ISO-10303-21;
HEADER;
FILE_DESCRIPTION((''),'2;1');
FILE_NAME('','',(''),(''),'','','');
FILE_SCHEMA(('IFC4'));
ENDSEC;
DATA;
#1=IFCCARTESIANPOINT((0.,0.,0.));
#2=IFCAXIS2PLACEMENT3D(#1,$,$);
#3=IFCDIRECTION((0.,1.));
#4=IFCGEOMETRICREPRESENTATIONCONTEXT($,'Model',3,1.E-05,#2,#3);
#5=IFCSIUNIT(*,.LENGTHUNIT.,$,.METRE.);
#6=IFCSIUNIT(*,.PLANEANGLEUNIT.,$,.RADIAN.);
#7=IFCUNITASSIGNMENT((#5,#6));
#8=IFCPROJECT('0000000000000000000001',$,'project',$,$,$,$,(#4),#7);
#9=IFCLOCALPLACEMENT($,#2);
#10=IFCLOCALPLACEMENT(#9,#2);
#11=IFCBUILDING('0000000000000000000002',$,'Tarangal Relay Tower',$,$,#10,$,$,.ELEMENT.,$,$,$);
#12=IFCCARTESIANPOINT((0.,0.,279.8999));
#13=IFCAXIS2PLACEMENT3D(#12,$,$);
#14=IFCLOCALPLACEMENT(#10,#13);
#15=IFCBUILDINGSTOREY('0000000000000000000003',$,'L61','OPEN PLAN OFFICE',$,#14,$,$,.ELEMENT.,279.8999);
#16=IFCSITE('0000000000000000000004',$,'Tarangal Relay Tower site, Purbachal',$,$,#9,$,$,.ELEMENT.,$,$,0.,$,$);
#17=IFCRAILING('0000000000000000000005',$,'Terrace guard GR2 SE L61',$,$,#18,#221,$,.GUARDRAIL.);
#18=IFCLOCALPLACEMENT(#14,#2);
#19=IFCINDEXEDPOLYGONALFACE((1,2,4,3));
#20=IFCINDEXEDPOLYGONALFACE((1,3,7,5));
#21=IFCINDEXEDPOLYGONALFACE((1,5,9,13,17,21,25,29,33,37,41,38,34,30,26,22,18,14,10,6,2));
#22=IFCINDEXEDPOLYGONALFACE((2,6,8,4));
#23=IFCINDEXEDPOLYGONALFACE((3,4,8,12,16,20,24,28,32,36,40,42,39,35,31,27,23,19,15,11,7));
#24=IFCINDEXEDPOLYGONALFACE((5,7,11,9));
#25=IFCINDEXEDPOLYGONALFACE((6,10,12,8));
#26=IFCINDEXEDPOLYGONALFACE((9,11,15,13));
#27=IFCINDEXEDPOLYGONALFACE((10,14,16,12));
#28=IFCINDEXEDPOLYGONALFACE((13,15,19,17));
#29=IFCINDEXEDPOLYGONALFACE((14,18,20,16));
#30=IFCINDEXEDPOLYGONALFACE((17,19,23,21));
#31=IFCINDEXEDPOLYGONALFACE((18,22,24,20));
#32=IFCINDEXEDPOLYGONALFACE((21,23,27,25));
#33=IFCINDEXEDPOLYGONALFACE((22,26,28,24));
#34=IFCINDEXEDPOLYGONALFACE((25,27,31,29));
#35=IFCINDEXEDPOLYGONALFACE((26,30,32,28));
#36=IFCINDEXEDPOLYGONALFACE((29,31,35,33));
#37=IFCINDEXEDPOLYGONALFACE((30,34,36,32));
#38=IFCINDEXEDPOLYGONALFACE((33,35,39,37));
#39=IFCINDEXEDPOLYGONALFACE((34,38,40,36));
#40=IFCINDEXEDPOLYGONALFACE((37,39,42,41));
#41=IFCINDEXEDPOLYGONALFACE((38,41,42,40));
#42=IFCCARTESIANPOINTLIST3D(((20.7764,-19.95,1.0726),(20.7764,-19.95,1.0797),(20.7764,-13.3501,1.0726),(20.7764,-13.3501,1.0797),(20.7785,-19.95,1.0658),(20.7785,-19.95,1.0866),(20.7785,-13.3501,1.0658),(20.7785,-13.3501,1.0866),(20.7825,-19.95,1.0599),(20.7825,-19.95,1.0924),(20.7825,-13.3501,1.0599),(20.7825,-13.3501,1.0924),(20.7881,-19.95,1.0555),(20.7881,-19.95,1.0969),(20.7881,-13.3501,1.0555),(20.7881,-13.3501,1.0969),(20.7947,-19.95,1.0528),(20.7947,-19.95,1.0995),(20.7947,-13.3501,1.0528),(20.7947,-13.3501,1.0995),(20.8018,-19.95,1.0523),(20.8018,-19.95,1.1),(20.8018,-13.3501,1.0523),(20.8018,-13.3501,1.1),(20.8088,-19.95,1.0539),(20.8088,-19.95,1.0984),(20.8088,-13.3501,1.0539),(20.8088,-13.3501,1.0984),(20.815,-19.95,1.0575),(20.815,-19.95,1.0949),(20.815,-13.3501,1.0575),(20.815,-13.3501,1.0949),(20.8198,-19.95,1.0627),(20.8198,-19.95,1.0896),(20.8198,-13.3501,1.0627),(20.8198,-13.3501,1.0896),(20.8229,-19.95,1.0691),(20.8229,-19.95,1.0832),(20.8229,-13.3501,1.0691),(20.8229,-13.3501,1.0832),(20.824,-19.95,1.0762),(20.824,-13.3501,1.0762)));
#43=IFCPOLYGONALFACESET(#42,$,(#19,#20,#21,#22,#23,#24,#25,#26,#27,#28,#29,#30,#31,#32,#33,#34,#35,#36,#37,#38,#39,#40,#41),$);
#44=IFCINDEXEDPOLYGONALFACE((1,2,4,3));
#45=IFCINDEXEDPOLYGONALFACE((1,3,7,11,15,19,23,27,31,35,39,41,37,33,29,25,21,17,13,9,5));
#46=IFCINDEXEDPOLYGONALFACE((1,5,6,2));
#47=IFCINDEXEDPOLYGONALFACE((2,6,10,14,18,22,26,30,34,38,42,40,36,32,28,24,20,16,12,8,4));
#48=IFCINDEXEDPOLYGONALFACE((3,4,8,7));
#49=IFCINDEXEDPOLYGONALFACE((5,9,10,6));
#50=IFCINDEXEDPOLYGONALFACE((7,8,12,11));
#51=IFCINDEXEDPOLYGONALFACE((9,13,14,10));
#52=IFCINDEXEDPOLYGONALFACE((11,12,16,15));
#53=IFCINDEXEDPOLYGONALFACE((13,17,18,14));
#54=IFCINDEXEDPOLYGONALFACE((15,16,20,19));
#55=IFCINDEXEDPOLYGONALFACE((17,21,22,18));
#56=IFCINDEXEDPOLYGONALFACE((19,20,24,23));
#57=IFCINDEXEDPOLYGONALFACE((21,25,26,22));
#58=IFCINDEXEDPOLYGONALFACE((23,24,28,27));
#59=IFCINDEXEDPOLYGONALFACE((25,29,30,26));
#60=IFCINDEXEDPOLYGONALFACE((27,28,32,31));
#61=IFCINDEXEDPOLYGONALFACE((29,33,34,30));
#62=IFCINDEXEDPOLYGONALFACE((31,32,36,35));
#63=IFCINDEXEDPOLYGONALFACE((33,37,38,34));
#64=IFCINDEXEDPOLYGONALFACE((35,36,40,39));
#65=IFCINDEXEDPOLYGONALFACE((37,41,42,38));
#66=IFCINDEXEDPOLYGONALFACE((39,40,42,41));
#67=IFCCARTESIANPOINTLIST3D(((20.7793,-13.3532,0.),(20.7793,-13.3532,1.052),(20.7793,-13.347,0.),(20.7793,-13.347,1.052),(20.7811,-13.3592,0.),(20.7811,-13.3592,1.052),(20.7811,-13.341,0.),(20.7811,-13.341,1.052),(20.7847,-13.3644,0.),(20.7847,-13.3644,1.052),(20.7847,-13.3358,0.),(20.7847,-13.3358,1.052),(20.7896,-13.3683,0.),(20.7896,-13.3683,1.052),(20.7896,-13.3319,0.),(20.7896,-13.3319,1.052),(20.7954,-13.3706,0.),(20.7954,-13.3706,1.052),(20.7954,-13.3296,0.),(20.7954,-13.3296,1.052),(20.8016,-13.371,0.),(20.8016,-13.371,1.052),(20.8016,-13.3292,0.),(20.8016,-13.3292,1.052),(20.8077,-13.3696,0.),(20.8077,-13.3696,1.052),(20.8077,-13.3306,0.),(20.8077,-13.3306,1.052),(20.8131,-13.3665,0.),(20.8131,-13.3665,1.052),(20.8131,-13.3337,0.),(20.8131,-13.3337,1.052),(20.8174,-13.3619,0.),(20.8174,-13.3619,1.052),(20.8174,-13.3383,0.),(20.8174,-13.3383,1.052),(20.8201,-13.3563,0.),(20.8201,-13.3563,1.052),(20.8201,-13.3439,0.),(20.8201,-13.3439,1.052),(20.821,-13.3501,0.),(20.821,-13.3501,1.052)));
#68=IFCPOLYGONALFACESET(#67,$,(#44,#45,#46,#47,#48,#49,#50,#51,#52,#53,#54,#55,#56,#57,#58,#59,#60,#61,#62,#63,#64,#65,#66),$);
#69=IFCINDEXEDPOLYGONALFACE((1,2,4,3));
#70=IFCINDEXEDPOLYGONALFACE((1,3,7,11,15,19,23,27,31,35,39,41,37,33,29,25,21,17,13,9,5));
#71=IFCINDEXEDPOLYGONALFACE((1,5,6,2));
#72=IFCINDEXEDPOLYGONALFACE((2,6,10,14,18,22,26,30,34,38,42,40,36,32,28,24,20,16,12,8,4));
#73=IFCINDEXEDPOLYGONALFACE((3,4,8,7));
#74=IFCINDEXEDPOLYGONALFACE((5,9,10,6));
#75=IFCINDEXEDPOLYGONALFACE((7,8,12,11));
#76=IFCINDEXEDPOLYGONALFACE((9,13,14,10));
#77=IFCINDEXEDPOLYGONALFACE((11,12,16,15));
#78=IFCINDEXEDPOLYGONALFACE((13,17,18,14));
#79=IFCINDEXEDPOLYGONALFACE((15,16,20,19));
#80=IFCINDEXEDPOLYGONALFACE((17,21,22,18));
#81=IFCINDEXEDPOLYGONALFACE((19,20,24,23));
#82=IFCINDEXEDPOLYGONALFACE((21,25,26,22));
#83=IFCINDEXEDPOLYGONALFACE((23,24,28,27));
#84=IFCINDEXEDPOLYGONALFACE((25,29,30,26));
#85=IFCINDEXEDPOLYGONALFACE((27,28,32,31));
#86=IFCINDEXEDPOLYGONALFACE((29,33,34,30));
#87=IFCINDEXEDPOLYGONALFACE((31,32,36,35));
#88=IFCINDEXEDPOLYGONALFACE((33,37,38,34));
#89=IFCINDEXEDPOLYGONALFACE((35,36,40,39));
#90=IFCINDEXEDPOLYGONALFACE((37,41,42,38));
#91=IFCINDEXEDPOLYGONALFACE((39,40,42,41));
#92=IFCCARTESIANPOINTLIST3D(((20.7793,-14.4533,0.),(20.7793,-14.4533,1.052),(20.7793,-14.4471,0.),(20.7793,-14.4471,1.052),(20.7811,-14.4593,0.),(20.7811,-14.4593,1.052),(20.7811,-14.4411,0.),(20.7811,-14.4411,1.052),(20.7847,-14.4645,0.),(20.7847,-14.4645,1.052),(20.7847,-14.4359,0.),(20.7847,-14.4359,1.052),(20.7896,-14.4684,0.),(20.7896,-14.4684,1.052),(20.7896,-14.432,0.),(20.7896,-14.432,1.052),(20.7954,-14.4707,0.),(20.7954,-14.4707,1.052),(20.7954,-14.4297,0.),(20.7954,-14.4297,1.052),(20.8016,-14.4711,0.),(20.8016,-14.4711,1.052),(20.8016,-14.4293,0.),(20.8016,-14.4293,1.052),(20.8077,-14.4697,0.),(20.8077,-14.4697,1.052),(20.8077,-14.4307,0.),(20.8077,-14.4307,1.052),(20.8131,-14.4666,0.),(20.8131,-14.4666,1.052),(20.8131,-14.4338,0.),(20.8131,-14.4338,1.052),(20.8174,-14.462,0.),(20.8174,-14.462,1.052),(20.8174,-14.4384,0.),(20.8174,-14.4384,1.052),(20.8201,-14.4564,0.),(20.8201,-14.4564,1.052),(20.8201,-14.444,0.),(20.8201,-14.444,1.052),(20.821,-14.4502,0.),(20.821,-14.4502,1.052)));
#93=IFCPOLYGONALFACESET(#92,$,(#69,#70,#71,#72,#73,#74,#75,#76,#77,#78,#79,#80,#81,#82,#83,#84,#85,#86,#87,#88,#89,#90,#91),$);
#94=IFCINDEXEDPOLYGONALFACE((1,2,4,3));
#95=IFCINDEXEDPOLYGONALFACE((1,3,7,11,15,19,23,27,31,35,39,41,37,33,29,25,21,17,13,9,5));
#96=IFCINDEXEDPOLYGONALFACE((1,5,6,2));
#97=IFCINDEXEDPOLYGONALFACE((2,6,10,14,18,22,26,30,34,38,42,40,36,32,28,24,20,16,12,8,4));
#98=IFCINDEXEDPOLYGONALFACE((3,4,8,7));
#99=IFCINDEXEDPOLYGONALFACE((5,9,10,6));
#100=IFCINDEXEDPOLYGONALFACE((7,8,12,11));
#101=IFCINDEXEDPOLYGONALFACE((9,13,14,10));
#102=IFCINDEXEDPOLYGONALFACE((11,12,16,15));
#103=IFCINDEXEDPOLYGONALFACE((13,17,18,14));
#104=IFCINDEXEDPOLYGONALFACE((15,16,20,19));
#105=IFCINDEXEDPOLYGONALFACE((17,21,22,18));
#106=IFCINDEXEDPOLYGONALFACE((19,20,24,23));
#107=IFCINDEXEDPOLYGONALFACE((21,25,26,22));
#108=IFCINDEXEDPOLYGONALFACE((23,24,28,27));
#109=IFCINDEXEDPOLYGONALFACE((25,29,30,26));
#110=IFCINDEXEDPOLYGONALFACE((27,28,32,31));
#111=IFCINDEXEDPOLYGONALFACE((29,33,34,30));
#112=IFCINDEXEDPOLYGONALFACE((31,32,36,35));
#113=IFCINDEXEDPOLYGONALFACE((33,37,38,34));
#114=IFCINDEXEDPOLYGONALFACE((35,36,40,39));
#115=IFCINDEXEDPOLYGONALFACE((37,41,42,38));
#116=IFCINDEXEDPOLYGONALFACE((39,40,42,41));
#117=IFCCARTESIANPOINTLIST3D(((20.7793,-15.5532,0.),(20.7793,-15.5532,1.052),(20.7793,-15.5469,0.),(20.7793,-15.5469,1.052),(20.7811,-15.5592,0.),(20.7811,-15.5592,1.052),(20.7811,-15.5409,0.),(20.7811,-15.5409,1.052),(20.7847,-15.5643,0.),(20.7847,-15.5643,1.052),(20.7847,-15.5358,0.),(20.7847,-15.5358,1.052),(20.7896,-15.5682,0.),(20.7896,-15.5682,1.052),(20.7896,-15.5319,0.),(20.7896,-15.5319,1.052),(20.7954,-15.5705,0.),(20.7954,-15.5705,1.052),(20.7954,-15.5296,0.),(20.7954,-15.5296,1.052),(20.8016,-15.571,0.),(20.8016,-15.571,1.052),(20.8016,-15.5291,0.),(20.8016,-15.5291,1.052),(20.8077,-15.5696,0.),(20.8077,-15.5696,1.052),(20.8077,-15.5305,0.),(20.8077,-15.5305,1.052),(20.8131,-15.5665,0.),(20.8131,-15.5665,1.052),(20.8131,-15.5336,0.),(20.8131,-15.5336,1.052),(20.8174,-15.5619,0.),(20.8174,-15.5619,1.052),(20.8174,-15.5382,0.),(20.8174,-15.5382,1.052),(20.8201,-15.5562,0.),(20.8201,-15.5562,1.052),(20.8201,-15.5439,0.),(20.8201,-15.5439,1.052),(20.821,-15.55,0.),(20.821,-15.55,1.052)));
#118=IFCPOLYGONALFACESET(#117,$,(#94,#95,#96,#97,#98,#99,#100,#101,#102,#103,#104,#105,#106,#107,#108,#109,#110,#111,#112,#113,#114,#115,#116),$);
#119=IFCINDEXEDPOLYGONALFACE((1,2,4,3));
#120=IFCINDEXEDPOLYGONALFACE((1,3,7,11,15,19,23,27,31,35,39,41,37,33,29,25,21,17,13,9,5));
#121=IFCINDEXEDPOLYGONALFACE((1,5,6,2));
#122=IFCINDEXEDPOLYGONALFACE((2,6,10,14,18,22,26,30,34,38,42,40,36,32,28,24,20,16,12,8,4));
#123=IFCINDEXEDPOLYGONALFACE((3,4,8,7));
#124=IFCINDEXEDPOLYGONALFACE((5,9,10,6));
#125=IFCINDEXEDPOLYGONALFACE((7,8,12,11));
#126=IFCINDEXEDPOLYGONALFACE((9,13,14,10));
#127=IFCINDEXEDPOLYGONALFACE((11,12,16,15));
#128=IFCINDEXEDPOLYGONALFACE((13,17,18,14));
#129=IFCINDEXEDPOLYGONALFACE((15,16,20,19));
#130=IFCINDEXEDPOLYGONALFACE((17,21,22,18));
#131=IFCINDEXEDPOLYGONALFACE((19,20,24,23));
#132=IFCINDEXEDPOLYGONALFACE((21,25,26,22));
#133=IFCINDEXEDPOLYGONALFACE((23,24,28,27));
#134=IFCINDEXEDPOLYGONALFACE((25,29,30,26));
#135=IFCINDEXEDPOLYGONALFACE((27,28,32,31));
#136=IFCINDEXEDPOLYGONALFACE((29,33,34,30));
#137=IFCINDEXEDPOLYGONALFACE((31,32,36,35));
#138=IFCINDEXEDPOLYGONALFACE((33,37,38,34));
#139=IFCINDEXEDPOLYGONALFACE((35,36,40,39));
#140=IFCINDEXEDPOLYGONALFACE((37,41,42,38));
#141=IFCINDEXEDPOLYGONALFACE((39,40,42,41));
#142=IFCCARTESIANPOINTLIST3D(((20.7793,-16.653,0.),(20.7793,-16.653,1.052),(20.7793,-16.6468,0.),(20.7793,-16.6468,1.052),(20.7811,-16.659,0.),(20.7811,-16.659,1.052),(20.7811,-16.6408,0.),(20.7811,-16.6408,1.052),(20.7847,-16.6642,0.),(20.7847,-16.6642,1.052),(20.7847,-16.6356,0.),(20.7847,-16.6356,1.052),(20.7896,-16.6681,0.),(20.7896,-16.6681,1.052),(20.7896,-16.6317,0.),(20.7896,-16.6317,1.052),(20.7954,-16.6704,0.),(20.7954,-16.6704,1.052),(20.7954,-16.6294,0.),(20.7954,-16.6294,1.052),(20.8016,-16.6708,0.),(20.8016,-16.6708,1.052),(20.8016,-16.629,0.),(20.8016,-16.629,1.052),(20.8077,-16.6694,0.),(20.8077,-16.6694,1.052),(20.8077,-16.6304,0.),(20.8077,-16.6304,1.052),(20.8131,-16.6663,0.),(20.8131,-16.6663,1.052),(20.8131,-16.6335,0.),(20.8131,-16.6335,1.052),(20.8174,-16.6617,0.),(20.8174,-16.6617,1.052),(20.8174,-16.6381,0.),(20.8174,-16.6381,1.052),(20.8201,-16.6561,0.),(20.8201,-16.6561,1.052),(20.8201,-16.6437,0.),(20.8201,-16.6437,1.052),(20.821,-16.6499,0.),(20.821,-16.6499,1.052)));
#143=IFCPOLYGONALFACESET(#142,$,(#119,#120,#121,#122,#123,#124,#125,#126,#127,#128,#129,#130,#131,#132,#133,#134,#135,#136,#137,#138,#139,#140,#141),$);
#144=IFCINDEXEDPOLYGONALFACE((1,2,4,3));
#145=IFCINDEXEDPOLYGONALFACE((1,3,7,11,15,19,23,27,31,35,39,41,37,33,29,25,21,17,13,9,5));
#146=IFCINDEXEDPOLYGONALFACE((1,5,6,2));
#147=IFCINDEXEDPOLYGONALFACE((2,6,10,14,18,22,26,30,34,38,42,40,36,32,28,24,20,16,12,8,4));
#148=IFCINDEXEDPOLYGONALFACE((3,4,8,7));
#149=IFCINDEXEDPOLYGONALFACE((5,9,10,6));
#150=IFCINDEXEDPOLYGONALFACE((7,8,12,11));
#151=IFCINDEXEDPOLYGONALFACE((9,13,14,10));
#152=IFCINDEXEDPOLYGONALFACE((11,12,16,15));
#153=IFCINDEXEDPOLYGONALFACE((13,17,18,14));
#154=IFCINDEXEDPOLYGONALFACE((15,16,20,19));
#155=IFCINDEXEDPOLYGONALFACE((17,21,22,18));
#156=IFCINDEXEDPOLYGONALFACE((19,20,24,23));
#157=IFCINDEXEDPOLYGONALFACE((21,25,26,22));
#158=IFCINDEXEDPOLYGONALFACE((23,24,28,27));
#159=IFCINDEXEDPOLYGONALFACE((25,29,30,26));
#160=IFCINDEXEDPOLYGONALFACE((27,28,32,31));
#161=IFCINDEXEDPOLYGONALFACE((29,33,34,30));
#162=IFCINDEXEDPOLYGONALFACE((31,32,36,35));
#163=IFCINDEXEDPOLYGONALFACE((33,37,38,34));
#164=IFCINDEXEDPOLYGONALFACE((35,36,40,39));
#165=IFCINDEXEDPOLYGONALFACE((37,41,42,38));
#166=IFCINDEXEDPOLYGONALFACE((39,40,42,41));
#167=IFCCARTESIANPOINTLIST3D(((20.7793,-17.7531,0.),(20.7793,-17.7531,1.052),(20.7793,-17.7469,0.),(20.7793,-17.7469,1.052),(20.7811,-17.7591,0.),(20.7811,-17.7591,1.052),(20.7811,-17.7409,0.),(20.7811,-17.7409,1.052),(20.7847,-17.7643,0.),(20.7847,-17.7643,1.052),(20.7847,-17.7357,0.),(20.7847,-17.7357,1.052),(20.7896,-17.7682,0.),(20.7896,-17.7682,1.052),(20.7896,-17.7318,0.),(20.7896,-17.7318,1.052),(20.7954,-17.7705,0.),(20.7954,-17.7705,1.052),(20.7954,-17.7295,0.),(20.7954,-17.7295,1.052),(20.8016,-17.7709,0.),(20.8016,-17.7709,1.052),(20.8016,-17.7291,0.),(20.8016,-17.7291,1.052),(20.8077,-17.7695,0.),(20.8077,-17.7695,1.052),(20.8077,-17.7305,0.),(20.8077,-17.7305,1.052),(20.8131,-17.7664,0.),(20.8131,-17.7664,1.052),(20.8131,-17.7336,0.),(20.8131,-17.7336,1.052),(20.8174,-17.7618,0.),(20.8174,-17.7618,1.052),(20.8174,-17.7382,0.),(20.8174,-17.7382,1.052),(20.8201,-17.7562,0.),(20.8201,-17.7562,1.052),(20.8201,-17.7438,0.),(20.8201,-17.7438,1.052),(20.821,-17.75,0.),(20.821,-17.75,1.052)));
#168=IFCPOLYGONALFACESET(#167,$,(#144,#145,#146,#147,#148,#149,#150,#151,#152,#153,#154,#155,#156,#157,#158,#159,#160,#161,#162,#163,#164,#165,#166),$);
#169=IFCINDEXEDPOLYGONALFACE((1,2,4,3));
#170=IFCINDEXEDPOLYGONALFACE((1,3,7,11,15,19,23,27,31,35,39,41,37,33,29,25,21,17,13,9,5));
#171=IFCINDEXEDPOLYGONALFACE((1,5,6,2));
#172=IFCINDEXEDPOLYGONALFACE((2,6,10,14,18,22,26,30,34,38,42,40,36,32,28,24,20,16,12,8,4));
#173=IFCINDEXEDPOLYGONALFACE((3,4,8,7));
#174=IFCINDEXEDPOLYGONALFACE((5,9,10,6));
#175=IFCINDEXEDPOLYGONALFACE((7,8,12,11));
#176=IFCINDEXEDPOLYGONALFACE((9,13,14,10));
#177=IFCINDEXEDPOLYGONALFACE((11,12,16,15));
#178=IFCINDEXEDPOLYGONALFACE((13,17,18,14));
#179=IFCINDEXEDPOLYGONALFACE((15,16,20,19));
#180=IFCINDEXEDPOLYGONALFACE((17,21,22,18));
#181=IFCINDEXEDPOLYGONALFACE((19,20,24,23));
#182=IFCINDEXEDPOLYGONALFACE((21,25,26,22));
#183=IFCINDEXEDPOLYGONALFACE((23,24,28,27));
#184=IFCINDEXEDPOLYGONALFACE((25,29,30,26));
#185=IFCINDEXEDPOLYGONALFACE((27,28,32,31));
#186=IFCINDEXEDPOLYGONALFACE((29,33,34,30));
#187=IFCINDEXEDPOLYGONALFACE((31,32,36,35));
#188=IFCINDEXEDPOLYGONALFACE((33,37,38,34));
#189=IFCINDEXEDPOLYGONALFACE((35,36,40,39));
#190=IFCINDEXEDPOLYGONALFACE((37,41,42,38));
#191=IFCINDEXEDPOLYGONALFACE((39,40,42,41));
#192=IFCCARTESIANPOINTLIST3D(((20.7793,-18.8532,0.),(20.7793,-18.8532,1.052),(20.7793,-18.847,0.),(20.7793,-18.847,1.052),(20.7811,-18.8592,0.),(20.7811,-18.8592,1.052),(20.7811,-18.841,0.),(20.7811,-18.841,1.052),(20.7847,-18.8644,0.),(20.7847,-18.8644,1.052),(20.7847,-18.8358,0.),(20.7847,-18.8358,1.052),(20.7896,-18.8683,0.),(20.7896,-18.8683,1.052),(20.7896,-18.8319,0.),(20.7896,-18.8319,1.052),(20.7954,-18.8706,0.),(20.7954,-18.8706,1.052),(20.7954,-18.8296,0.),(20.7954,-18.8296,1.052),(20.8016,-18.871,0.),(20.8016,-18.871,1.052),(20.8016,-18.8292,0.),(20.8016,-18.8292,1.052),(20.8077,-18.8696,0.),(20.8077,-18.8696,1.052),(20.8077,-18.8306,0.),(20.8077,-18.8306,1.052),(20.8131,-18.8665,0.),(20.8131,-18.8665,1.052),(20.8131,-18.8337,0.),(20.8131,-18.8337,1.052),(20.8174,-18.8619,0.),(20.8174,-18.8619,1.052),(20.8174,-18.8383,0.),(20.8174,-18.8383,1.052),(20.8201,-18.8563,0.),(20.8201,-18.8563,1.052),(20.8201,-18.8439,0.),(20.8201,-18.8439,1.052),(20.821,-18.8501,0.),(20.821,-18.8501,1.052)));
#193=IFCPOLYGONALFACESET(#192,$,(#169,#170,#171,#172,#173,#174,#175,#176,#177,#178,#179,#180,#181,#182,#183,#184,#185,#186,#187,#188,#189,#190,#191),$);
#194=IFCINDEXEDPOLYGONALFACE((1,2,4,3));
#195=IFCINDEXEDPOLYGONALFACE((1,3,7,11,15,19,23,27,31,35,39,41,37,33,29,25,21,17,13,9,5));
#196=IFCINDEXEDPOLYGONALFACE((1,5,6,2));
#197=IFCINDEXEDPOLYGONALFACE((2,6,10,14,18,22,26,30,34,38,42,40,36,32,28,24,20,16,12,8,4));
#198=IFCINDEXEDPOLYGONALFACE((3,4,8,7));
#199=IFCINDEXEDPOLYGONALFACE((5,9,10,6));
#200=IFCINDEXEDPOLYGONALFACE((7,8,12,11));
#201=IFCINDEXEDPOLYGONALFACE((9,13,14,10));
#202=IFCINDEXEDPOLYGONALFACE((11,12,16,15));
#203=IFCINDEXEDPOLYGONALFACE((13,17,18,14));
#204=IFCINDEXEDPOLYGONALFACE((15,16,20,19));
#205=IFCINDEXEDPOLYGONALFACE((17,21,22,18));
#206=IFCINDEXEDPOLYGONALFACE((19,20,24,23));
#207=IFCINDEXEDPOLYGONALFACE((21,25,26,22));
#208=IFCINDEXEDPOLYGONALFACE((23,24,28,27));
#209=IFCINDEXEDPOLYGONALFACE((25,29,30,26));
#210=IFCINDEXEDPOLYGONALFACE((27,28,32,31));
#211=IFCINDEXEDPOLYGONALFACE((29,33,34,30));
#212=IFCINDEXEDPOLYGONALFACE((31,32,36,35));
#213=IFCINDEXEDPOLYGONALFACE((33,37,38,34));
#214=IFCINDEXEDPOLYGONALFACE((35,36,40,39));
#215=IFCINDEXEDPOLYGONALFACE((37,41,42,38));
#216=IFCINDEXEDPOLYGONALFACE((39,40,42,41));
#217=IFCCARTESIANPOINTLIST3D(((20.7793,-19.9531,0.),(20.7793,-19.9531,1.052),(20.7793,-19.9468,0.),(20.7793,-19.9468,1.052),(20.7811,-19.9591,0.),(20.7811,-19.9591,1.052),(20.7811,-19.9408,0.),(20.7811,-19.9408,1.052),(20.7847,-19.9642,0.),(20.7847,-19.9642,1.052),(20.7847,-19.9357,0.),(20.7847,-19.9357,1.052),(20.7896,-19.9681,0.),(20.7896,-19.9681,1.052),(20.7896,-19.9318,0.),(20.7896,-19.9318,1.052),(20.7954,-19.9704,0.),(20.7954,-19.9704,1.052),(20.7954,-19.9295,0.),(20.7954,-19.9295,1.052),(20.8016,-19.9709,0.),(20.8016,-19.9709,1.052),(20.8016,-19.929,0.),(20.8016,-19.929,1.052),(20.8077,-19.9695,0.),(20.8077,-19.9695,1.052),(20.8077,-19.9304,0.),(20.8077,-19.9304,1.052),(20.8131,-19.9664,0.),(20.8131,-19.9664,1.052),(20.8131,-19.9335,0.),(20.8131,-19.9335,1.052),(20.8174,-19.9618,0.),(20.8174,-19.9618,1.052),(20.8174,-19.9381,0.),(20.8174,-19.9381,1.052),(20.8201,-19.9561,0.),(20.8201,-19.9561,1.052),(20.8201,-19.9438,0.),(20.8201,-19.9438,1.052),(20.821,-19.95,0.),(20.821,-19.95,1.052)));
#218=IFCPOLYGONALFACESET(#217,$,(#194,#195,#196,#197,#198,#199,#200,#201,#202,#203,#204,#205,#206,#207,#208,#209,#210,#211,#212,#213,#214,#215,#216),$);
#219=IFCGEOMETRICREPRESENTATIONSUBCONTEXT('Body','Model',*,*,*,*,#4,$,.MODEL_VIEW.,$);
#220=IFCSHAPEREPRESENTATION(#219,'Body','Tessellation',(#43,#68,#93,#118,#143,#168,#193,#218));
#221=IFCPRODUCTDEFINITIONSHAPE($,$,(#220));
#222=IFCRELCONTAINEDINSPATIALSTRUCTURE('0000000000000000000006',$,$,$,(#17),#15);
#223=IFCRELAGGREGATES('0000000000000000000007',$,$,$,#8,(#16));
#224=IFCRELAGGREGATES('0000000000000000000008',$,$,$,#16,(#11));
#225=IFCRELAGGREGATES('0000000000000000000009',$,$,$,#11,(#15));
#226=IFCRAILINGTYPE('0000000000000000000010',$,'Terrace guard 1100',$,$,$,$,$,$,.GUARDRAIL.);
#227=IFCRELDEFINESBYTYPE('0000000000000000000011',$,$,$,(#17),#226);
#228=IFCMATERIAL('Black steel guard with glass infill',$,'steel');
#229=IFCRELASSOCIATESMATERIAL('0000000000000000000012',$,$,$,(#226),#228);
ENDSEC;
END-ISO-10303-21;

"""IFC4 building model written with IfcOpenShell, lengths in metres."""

from ifc_helpers import new_model, si_unit, direction, frame, origin, origin_2d, place, context, subcontext, project, spatial, circle, extrude, material, type_object, element, save


model = new_model("IFC4")

# Units and contexts
model_context = context("Model", 3, precision=1e-05, world=origin(), true_north=direction((0.0, 1.0)))
body_context = subcontext(model_context, "Body", "Model", "MODEL_VIEW")
ifc_project = project(units=[si_unit("LENGTHUNIT", "METRE"), si_unit("PLANEANGLEUNIT", "RADIAN")], contexts=[model_context])

# Site, building, storey
site_placement = place(None, origin())
site = spatial("IfcSite", under=ifc_project, at=site_placement, Name="Tarangal Relay Tower site, Purbachal", CompositionType="ELEMENT", RefElevation=0.0)
building_placement = place(site_placement, origin())
building = spatial("IfcBuilding", under=site, at=building_placement, Name="Tarangal Relay Tower", CompositionType="ELEMENT")
storey_placement = place(building_placement, frame((0.0, 0.0, 279.8999)))
storey = spatial("IfcBuildingStorey", under=building, at=storey_placement, Name="L61", Description="OPEN PLAN OFFICE", CompositionType="ELEMENT", Elevation=279.8999)

# Railing
ifc_material_1 = material(Name="Black steel guard with glass infill", Category="steel")
railing_type = type_object("IfcRailingType", Name="Terrace guard 1100", PredefinedType="GUARDRAIL", material=ifc_material_1)
railing_1_placement = place(storey_placement, frame((20.8, -13.3501, 0.0)))
element("IfcRailing", 1, at=railing_1_placement, inside=storey, type_object=railing_type, Name="Terrace guard GR2 SE L61", PredefinedType="GUARDRAIL", context=body_context, shape_type="SweptSolid", body=[
    extrude(circle(Radius=0.0239, at=origin_2d()), frame((0.0, 0.0, 1.0762), z_axis=(0.0, -1.0, 0.0), x_axis=(1.0, 0.0, 0.0)), (0.0, 0.0, 1.0), 6.5999),
    extrude(circle(Radius=0.021, at=origin_2d()), origin(), (0.0, 0.0, 1.0), 1.052),
    extrude(circle(Radius=0.021, at=origin_2d()), frame((0.0, -1.1001, 0.0)), (0.0, 0.0, 1.0), 1.052),
    extrude(circle(Radius=0.021, at=origin_2d()), frame((0.0, -2.2, 0.0)), (0.0, 0.0, 1.0), 1.052),
    extrude(circle(Radius=0.021, at=origin_2d()), frame((0.0, -3.2998, 0.0)), (0.0, 0.0, 1.0), 1.052),
    extrude(circle(Radius=0.021, at=origin_2d()), frame((0.0, -4.3999, 0.0)), (0.0, 0.0, 1.0), 1.052),
    extrude(circle(Radius=0.021, at=origin_2d()), frame((0.0, -5.5, 0.0)), (0.0, 0.0, 1.0), 1.052),
    extrude(circle(Radius=0.021, at=origin_2d()), frame((0.0, -6.5999, 0.0)), (0.0, 0.0, 1.0), 1.052),
])

save(model, "model.ifc")
